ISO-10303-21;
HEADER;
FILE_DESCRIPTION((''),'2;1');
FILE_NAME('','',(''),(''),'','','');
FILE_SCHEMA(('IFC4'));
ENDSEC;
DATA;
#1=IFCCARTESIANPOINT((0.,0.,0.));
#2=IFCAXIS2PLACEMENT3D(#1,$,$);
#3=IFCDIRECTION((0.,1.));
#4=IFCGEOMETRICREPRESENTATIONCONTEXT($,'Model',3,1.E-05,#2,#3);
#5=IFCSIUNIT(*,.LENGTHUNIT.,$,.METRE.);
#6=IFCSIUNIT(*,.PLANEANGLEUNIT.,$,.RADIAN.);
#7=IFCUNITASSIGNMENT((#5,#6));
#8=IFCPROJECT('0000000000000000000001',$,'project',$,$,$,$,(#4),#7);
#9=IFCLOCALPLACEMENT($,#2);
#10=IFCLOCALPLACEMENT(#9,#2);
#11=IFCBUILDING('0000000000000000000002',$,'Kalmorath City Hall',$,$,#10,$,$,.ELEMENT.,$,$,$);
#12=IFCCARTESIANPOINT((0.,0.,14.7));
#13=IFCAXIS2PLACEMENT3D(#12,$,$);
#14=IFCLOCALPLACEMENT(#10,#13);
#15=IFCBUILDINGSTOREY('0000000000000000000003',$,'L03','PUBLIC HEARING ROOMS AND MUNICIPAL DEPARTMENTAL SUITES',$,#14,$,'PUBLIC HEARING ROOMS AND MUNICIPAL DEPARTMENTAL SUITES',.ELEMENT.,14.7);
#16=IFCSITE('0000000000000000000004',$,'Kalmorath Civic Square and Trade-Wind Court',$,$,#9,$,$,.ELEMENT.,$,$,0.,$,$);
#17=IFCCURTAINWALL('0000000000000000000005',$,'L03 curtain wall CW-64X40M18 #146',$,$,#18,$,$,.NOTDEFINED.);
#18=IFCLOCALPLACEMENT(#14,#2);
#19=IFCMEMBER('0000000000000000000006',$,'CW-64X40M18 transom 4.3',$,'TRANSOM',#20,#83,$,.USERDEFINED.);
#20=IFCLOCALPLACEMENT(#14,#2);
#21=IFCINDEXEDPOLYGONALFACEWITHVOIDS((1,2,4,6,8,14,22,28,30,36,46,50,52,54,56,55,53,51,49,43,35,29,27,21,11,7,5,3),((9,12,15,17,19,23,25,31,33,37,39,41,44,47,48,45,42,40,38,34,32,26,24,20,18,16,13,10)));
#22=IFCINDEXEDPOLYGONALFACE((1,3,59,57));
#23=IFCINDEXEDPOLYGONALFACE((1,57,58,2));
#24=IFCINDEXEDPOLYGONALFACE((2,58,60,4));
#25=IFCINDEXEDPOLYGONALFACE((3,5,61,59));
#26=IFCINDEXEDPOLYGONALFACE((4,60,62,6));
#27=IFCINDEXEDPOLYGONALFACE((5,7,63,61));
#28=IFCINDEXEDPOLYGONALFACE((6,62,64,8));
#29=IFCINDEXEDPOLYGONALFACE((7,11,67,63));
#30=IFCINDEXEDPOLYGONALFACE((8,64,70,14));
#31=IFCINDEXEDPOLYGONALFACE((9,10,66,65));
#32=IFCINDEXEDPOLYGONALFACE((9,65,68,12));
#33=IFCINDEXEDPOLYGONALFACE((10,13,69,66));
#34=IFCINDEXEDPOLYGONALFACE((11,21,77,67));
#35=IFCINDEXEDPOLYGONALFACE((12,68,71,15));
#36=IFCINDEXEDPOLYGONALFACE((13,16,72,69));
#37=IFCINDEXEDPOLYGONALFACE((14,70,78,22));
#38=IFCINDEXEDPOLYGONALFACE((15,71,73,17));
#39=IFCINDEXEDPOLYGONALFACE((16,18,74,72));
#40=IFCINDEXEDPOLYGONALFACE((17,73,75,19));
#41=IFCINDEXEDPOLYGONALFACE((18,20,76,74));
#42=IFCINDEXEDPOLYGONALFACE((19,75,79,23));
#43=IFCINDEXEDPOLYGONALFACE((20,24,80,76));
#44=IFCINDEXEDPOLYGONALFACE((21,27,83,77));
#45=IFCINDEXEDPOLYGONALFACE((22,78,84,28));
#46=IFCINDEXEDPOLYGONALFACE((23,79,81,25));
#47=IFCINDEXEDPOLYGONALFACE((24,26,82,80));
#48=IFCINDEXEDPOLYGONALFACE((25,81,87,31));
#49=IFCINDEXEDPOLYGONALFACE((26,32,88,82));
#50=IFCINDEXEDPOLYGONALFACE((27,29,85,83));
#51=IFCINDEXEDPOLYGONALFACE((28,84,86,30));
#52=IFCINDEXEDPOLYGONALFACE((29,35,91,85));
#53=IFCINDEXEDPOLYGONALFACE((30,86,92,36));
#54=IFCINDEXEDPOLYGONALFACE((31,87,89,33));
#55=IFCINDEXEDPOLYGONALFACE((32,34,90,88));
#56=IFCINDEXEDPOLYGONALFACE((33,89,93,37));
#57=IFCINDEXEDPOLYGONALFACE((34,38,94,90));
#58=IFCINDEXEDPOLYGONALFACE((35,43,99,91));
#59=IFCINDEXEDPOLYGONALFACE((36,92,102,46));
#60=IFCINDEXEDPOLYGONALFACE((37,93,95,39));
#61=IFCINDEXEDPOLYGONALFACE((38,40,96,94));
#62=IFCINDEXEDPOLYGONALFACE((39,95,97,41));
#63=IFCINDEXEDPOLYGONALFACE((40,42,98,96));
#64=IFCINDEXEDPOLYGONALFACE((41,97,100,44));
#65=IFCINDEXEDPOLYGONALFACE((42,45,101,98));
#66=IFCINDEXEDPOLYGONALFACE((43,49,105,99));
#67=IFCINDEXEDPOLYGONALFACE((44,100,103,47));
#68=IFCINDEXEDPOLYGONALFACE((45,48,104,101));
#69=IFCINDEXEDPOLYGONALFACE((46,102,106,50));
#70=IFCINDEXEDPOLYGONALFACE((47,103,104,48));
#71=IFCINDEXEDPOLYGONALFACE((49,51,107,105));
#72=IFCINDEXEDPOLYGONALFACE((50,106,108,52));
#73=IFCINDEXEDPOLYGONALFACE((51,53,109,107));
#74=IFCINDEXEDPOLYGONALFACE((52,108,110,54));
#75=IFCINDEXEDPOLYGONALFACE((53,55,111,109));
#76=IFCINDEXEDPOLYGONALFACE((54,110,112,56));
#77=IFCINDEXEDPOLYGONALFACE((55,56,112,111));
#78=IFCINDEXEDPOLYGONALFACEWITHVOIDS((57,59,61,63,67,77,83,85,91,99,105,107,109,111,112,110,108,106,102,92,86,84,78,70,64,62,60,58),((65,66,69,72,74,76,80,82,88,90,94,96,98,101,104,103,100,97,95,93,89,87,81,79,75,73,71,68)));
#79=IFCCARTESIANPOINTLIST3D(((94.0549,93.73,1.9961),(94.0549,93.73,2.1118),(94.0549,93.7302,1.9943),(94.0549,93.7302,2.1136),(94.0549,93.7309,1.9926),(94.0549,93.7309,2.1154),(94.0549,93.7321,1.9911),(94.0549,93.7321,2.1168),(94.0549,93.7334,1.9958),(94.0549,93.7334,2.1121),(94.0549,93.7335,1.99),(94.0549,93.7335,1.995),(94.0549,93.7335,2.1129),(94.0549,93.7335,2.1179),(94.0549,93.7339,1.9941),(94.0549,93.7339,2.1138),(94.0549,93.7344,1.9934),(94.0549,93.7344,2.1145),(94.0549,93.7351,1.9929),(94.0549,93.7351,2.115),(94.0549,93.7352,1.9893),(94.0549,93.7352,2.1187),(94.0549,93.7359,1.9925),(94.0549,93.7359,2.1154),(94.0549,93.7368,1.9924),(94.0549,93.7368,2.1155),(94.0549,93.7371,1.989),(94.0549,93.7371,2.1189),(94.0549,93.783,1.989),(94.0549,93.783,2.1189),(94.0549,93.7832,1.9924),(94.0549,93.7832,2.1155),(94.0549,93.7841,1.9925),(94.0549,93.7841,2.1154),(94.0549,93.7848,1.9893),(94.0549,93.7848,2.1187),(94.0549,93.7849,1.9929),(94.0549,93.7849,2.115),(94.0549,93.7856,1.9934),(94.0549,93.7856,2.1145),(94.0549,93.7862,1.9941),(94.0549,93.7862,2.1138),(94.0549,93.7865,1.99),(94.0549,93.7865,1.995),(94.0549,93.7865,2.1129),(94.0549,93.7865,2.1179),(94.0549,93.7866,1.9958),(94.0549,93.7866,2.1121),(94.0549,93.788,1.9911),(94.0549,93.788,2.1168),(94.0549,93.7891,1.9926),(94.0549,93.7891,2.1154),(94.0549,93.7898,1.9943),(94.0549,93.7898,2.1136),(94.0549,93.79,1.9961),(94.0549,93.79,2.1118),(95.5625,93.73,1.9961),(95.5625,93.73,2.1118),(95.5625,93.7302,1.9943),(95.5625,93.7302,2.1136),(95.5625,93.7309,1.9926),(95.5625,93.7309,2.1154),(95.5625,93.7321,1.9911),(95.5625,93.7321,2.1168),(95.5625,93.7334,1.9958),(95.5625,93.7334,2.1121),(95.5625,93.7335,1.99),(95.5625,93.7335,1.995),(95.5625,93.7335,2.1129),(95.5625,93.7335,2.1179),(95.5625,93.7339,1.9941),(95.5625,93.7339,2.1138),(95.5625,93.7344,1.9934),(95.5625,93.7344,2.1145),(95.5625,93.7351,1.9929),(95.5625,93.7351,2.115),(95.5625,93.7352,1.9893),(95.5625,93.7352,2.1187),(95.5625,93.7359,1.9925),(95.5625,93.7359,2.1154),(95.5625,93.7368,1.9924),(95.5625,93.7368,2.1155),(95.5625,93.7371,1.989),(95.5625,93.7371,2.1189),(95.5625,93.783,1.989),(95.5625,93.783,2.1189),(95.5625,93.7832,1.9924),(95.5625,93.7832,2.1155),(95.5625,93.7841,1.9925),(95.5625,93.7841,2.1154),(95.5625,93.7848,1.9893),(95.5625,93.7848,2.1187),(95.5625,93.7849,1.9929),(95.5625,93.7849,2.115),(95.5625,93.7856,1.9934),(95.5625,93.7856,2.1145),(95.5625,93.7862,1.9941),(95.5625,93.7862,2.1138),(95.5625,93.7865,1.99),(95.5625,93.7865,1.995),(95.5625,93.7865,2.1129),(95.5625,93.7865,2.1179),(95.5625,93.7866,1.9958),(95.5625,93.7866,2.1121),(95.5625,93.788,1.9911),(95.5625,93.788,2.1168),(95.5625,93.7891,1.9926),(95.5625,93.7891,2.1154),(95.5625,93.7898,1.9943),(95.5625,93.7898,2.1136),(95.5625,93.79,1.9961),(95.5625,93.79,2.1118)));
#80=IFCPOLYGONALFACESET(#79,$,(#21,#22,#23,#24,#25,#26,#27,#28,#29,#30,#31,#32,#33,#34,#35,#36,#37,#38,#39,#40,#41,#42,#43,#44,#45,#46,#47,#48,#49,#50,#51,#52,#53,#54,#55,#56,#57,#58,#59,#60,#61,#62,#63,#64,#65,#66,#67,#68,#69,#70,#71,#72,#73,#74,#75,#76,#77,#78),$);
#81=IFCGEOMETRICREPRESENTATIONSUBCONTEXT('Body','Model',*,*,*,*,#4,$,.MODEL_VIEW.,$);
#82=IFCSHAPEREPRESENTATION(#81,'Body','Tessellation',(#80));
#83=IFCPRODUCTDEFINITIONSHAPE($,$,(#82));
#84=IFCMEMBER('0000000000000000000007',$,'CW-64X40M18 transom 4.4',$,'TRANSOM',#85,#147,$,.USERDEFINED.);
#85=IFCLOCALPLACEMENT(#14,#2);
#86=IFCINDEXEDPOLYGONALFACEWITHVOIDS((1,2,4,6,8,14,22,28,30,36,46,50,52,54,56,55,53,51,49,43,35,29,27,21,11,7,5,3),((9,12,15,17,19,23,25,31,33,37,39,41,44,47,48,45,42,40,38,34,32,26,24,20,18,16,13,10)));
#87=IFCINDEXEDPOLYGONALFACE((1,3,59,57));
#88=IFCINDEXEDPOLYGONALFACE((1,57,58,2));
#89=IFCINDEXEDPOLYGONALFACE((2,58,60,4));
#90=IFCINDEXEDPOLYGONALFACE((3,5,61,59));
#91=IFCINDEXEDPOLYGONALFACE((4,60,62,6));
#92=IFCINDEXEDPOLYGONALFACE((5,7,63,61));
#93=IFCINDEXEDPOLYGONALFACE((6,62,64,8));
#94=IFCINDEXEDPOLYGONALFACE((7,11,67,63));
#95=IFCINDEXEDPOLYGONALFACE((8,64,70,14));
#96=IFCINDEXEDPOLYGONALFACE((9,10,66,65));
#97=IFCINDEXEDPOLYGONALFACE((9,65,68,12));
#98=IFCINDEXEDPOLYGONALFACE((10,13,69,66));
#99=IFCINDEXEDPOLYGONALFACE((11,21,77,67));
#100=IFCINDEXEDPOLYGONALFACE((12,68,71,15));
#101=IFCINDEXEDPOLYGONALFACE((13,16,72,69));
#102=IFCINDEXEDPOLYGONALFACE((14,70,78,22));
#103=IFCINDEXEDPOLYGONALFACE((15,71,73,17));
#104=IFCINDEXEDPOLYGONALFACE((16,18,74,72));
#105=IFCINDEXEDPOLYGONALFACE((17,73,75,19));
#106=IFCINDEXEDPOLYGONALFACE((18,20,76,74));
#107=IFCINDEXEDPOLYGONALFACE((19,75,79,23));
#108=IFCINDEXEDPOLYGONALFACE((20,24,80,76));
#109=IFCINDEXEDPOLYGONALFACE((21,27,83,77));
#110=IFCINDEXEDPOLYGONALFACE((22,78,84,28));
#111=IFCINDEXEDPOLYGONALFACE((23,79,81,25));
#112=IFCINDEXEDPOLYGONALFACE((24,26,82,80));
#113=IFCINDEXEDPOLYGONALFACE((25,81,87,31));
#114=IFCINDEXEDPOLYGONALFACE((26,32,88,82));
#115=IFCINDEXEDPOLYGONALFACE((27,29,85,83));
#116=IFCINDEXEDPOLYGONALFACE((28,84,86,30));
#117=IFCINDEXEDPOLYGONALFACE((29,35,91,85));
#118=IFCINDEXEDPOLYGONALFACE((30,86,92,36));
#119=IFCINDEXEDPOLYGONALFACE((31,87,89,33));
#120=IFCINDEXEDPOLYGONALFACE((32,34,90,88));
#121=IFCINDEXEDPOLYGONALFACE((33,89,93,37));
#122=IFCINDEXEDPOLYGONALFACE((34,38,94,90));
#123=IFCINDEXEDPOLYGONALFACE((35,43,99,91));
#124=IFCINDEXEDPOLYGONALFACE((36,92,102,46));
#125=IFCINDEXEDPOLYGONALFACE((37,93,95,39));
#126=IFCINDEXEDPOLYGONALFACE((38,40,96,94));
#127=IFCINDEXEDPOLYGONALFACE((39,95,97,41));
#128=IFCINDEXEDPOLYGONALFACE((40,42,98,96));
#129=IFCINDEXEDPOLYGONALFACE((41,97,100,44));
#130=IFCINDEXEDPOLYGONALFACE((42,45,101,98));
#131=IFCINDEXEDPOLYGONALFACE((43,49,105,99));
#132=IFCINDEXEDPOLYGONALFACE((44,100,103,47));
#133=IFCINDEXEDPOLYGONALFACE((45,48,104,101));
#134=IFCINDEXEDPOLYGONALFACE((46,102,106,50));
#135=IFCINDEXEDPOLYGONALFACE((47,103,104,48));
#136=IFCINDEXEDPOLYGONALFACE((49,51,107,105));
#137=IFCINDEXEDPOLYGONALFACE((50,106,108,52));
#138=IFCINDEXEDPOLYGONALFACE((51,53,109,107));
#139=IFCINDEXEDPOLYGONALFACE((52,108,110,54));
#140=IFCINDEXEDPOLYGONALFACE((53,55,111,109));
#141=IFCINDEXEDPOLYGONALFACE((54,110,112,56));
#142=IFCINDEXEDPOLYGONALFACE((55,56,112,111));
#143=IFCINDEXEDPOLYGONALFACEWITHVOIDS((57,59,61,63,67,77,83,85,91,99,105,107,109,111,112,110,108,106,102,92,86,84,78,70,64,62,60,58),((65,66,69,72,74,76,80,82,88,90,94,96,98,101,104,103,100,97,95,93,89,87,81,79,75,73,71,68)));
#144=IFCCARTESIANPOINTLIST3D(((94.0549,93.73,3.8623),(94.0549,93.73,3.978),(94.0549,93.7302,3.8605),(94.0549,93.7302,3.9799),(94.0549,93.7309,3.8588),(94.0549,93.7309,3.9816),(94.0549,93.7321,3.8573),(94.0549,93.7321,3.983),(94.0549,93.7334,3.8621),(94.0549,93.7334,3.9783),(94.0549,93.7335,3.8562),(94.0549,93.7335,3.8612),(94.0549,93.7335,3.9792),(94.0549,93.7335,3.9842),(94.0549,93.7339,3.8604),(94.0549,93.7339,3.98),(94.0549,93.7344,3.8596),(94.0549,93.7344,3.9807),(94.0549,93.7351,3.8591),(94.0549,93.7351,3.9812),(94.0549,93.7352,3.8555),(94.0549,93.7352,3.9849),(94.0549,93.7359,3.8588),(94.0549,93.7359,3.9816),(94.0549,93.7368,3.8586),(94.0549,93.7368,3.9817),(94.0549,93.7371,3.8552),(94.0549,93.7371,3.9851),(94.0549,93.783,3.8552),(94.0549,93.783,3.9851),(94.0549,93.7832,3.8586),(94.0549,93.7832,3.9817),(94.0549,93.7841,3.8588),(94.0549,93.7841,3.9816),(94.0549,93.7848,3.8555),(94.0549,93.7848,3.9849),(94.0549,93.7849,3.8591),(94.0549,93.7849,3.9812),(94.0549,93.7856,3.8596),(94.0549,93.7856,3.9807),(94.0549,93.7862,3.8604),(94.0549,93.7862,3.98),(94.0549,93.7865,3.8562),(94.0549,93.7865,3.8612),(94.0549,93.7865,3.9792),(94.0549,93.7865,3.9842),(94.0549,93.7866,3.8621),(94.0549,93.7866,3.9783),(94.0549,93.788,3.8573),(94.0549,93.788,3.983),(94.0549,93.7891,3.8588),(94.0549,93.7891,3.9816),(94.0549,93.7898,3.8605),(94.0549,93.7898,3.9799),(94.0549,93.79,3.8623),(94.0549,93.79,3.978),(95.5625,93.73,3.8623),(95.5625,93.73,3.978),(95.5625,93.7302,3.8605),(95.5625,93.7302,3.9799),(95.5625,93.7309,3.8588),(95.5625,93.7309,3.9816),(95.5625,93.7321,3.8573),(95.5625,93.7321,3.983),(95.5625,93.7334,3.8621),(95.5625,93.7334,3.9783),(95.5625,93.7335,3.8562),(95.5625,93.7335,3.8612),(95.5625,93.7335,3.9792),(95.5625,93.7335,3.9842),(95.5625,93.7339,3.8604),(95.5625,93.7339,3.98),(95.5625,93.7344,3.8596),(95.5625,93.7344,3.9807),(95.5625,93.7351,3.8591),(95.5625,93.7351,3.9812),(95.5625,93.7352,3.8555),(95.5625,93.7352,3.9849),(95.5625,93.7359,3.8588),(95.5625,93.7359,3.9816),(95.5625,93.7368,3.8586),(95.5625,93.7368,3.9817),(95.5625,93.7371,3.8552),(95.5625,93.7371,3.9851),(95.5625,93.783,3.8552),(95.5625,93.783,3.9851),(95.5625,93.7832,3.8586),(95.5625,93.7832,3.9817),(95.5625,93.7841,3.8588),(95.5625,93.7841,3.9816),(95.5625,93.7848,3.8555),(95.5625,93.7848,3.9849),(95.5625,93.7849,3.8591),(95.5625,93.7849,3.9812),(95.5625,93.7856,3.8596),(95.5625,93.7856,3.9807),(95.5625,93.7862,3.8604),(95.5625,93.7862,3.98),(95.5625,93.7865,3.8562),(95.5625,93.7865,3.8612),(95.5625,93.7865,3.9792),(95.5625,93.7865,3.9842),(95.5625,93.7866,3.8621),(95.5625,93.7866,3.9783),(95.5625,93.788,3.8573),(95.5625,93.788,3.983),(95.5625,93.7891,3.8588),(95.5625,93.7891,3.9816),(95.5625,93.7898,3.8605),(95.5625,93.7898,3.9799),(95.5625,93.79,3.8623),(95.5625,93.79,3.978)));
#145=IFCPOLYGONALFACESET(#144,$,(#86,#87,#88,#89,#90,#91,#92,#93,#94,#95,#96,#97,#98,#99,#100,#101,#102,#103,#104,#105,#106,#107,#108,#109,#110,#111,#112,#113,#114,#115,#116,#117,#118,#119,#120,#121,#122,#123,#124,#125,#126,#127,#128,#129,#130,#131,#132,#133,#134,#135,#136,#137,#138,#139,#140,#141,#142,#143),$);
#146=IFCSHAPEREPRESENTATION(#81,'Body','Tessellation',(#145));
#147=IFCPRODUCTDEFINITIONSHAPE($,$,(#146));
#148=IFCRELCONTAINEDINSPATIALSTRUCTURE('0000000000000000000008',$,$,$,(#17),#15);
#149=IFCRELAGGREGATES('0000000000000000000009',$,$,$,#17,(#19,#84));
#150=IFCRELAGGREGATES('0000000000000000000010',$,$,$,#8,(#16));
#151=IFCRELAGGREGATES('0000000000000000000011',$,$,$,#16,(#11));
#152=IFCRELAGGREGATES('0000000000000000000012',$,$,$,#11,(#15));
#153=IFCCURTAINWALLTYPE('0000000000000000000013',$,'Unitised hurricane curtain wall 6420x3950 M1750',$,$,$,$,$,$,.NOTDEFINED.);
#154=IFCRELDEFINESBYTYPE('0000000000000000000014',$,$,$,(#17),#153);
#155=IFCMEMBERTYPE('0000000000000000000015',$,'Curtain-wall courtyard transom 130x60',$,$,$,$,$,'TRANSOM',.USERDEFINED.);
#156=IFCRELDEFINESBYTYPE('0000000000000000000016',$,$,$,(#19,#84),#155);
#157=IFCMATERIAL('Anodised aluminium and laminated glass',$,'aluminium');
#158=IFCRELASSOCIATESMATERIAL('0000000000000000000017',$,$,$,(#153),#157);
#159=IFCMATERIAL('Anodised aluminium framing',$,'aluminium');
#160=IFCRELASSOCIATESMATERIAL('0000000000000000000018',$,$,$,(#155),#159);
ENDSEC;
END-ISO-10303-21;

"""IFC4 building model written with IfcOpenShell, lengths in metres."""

from ifc_helpers import new_model, si_unit, direction, frame, origin, origin_2d, place, context, subcontext, project, spatial, hollow_rectangle, extrude, material, material_profile, profile_set, type_object, element, aggregate, save


model = new_model("IFC4")

# Units and contexts
model_context = context("Model", 3, precision=1e-05, world=origin(), true_north=direction((0.0, 1.0)))
body_context = subcontext(model_context, "Body", "Model", "MODEL_VIEW")
ifc_project = project(units=[si_unit("LENGTHUNIT", "METRE"), si_unit("PLANEANGLEUNIT", "RADIAN")], contexts=[model_context])

# Site, building, storey
site_placement = place(None, origin())
site = spatial("IfcSite", under=ifc_project, at=site_placement, Name="Kalmorath Civic Square and Trade-Wind Court", CompositionType="ELEMENT", RefElevation=0.0)
building_placement = place(site_placement, origin())
building = spatial("IfcBuilding", under=site, at=building_placement, Name="Kalmorath City Hall", CompositionType="ELEMENT")
storey_placement = place(building_placement, frame((0.0, 0.0, 14.7)))
storey = spatial("IfcBuildingStorey", under=building, at=storey_placement, Name="L03", Description="PUBLIC HEARING ROOMS AND MUNICIPAL DEPARTMENTAL SUITES", LongName="PUBLIC HEARING ROOMS AND MUNICIPAL DEPARTMENTAL SUITES", CompositionType="ELEMENT", Elevation=14.7)

# Curtain wall
ifc_material_1 = material(Name="Anodised aluminium and laminated glass", Category="aluminium")
curtain_wall_type_1 = type_object("IfcCurtainWallType", Name="Unitised hurricane curtain wall 6420x3950 M1750", PredefinedType="NOTDEFINED", material=ifc_material_1)
curtain_wall_1_placement = place(storey_placement, origin())
curtain_wall_1 = element("IfcCurtainWall", 1, at=curtain_wall_1_placement, inside=storey, type_object=curtain_wall_type_1, Name="L03 curtain wall CW-64X40M18 #146", PredefinedType="NOTDEFINED")

# Members
ifc_material_2 = material(Name="Anodised aluminium framing", Category="aluminium")
ifc_material_profile_1 = material_profile(ifc_material_2, hollow_rectangle(XDim=0.0601, YDim=0.1299, WallThickness=0.0034, InnerFilletRadius=0.0034, OuterFilletRadius=0.0071, at=origin_2d()), Name="ALU-TRN-130X60X3.5")
ifc_profile_set_1 = profile_set([ifc_material_profile_1], Name="Anodised aluminium framing")
member_type_1 = type_object("IfcMemberType", Name="Curtain-wall courtyard transom 130x60", ElementType="TRANSOM", PredefinedType="USERDEFINED", material=ifc_profile_set_1)
member_1_placement = place(storey_placement, frame((95.5625, 93.76, 2.054), z_axis=(-1.0, 0.0, 0.0), x_axis=(0.0, -1.0, 0.0)))
member_1 = element("IfcMember", 2, at=member_1_placement, type_object=member_type_1, Name="CW-64X40M18 transom 4.3", ObjectType="TRANSOM", PredefinedType="USERDEFINED", context=body_context, shape_type="SweptSolid", body=[
    extrude(hollow_rectangle(XDim=0.0601, YDim=0.1299, WallThickness=0.0034, InnerFilletRadius=0.0034, OuterFilletRadius=0.0071, at=origin_2d()), origin(), (0.0, 0.0, 1.0), 1.5076),
])
member_2_placement = place(storey_placement, frame((95.5625, 93.76, 3.9202), z_axis=(-1.0, 0.0, 0.0), x_axis=(0.0, -1.0, 0.0)))
member_2 = element("IfcMember", 3, at=member_2_placement, type_object=member_type_1, Name="CW-64X40M18 transom 4.4", ObjectType="TRANSOM", PredefinedType="USERDEFINED", context=body_context, shape_type="SweptSolid", body=[
    extrude(hollow_rectangle(XDim=0.0601, YDim=0.1299, WallThickness=0.0034, InnerFilletRadius=0.0034, OuterFilletRadius=0.0071, at=origin_2d()), origin(), (0.0, 0.0, 1.0), 1.5076),
])

aggregate(curtain_wall_1, [member_1, member_2])

save(model, "model.ifc")
